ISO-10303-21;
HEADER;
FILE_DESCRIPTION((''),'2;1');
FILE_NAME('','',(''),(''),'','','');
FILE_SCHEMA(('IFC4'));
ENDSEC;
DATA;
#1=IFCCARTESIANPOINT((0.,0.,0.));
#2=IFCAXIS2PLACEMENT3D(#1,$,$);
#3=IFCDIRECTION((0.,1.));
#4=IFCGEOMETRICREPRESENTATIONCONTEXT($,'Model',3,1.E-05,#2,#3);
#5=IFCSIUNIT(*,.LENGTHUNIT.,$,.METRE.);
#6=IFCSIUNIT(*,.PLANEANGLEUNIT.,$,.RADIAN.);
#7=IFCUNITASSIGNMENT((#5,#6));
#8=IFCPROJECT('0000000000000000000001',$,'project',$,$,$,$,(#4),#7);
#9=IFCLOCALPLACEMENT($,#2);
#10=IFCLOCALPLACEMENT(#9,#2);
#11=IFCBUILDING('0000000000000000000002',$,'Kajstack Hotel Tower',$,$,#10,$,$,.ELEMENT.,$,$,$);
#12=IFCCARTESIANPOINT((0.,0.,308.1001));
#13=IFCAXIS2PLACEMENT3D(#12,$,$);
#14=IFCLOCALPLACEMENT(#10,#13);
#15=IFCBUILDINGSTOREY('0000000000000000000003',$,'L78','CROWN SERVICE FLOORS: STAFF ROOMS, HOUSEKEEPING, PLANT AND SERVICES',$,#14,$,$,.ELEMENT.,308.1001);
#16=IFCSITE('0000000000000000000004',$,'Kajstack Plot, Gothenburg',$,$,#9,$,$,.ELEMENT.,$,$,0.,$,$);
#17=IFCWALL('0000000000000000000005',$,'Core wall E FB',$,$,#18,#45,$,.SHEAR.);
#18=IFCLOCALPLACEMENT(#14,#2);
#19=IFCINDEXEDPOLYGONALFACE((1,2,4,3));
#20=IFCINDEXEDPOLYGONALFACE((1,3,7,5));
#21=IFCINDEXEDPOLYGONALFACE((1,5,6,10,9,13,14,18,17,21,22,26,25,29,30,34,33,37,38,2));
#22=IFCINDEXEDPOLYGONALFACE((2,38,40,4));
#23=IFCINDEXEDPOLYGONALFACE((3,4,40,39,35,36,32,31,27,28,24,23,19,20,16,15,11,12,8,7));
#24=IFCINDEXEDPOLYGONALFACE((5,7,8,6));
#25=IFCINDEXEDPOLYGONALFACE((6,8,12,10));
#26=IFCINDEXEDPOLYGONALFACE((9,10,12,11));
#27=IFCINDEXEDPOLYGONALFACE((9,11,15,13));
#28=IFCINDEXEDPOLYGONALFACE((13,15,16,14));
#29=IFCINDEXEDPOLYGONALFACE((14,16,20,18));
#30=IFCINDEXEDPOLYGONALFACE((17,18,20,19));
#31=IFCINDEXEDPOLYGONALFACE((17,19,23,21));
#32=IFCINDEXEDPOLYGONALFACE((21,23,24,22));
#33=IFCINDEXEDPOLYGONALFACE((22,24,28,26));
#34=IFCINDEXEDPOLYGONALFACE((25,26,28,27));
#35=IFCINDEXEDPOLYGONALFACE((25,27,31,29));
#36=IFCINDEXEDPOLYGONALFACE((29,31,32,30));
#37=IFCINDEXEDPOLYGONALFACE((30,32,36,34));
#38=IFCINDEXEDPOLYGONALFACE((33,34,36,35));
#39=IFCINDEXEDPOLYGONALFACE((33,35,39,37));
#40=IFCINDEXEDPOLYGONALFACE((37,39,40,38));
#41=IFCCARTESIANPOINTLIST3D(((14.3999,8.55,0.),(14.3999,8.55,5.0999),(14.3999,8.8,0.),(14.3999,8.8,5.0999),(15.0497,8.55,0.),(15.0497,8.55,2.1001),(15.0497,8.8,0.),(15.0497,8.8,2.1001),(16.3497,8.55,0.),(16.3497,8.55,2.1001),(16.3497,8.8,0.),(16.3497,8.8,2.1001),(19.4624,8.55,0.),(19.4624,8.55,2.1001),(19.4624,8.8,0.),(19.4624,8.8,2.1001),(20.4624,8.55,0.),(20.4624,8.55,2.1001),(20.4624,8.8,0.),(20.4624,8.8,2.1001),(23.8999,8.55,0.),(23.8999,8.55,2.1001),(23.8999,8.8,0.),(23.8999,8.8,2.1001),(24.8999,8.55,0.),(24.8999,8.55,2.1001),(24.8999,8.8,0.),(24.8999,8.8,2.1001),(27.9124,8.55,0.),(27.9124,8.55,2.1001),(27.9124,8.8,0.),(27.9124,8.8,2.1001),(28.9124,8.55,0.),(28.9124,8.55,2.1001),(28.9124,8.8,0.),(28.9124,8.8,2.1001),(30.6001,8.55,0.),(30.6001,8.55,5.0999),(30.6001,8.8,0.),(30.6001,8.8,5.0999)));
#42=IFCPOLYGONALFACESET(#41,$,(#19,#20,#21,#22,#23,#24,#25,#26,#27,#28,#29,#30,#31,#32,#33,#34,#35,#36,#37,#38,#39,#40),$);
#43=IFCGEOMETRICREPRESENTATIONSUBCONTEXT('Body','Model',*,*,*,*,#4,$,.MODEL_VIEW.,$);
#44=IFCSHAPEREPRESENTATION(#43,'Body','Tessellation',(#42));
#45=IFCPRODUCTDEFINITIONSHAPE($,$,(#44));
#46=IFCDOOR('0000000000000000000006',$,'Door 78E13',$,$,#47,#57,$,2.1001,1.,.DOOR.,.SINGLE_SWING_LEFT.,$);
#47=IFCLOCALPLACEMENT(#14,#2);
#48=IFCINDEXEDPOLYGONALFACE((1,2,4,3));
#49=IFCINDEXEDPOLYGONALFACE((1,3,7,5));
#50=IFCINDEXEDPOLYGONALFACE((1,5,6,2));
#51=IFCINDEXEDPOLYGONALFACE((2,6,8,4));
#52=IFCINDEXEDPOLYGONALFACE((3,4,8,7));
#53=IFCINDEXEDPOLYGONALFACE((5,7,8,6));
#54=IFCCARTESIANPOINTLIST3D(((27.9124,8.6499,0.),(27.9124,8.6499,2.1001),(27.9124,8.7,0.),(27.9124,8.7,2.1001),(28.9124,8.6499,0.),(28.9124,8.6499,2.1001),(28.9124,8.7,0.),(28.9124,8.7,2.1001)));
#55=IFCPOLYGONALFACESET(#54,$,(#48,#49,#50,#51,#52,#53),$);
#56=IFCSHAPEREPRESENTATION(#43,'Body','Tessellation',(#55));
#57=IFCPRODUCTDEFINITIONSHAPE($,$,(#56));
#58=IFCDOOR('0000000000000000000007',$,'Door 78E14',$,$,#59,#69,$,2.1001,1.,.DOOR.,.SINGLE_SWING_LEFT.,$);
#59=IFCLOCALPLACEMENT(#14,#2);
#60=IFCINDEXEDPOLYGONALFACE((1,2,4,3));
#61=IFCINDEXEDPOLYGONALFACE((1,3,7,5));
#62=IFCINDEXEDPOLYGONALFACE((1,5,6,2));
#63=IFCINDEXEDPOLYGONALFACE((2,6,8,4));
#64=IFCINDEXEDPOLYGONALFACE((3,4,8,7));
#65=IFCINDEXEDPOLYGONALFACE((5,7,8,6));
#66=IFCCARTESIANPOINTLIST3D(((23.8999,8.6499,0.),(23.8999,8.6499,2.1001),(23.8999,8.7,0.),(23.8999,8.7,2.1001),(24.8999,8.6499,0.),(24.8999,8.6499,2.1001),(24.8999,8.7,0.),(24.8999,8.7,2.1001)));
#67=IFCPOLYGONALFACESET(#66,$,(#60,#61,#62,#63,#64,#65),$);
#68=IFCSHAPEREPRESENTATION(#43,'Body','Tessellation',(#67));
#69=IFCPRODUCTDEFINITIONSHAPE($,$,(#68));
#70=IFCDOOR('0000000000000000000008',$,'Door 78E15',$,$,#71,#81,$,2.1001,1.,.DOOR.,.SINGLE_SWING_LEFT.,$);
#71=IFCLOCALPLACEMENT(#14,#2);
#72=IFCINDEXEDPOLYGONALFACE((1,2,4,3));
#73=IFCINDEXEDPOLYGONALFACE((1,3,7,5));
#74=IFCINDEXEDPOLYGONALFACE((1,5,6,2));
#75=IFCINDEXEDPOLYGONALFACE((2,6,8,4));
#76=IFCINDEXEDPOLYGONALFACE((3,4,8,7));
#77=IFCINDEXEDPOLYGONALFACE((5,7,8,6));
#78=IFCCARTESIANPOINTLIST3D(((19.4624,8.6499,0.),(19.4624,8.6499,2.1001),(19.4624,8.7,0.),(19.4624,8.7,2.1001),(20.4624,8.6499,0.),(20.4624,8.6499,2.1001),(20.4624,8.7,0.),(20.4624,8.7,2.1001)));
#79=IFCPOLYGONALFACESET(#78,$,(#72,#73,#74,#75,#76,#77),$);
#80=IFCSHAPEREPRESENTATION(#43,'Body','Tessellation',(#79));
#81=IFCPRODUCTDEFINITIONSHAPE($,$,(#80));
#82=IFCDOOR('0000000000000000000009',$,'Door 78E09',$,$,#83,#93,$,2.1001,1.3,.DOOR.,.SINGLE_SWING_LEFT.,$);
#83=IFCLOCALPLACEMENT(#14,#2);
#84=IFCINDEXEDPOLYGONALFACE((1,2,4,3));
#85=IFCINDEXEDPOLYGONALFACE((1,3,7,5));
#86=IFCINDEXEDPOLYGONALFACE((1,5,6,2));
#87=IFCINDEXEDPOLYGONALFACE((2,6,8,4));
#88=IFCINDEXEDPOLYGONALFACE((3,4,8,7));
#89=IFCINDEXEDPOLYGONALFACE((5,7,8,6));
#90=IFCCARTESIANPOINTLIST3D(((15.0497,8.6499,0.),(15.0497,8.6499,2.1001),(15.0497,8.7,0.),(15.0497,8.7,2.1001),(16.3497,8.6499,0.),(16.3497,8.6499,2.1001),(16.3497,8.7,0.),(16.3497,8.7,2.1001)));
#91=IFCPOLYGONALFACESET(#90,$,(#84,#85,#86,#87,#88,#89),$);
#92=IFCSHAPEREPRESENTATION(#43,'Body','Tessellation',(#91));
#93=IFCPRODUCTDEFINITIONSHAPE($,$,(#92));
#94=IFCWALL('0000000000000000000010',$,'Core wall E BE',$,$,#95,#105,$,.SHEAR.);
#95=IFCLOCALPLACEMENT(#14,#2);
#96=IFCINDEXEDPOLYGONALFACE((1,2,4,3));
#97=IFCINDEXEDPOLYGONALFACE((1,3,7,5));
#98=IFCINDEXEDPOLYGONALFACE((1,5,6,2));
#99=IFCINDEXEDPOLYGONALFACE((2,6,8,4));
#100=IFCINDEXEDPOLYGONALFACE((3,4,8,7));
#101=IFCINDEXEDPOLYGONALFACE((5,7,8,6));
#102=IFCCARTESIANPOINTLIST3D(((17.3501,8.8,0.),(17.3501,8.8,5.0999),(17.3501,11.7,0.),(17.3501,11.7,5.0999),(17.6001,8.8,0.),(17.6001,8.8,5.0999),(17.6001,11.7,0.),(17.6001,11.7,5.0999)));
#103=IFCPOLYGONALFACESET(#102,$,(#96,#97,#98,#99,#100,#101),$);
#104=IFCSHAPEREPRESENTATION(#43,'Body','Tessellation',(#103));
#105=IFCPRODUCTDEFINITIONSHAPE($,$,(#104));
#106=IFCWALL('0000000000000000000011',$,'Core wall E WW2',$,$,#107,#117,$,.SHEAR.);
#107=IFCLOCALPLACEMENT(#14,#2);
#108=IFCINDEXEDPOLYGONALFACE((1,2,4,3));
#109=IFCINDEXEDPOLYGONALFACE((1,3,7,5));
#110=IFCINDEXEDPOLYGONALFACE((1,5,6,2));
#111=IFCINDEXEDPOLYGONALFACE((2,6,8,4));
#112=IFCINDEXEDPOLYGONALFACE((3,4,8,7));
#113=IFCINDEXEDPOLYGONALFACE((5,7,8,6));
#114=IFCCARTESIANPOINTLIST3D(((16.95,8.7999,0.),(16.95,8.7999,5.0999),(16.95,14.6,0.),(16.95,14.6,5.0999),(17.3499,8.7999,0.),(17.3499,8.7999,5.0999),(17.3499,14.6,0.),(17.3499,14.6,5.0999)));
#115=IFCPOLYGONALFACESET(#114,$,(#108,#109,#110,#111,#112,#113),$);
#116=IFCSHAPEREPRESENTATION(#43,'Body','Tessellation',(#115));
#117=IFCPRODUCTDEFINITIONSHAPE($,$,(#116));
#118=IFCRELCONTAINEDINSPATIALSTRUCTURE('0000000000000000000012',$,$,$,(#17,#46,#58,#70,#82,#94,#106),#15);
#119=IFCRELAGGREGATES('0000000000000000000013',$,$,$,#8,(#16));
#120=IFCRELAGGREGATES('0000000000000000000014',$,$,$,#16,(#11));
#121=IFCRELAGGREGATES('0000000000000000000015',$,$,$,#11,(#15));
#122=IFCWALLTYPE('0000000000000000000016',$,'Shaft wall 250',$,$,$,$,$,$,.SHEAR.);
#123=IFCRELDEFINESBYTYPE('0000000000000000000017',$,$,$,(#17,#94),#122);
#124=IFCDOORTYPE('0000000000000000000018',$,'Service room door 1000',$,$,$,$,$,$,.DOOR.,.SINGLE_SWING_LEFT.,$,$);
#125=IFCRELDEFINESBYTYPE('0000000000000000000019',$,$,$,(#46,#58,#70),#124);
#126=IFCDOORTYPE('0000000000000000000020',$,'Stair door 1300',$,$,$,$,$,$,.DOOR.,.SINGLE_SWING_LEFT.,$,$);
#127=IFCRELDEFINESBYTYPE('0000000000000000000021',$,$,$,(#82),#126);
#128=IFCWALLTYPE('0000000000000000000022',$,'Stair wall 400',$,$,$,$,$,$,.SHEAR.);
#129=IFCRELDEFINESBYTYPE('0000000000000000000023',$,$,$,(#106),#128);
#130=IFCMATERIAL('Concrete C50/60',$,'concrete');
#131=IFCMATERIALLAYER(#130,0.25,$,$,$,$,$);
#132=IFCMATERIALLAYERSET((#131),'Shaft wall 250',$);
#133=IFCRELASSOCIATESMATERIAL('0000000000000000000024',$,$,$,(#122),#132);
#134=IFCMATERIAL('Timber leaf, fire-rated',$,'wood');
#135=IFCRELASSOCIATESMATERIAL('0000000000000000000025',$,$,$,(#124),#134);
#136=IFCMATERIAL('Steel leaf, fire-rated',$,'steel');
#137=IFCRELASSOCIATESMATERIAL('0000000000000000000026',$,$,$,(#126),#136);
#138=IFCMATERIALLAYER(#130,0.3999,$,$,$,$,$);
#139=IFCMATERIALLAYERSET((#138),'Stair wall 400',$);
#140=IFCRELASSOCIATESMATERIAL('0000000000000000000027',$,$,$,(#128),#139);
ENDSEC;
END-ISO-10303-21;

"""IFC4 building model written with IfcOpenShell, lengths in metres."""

from ifc_helpers import new_model, si_unit, direction, frame, frame_2d, origin, place, context, subcontext, project, spatial, rectangle, extrude, material, layer, layer_set, type_object, element, fill, save


model = new_model("IFC4")

# Units and contexts
model_context = context("Model", 3, precision=1e-05, world=origin(), true_north=direction((0.0, 1.0)))
body_context = subcontext(model_context, "Body", "Model", "MODEL_VIEW")
ifc_project = project(units=[si_unit("LENGTHUNIT", "METRE"), si_unit("PLANEANGLEUNIT", "RADIAN")], contexts=[model_context])

# Site, building, storey
site_placement = place(None, origin())
site = spatial("IfcSite", under=ifc_project, at=site_placement, Name="Kajstack Plot, Gothenburg", CompositionType="ELEMENT", RefElevation=0.0)
building_placement = place(site_placement, origin())
building = spatial("IfcBuilding", under=site, at=building_placement, Name="Kajstack Hotel Tower", CompositionType="ELEMENT")
storey_placement = place(building_placement, frame((0.0, 0.0, 308.1001)))
storey = spatial("IfcBuildingStorey", under=building, at=storey_placement, Name="L78", Description="CROWN SERVICE FLOORS: STAFF ROOMS, HOUSEKEEPING, PLANT AND SERVICES", CompositionType="ELEMENT", Elevation=308.1001)

# Shared definitions
ifc_material_1 = material(Name="Concrete C50/60", Category="concrete")
ifc_layer_1 = layer(ifc_material_1, 0.25)
ifc_layer_set_1 = layer_set([ifc_layer_1], Name="Shaft wall 250")
wall_type_1 = type_object("IfcWallType", Name="Shaft wall 250", PredefinedType="SHEAR", material=ifc_layer_set_1)
ifc_material_2 = material(Name="Timber leaf, fire-rated", Category="wood")
door_type_1 = type_object("IfcDoorType", Name="Service room door 1000", OperationType="SINGLE_SWING_LEFT", PredefinedType="DOOR", material=ifc_material_2)

# Wall, openings, doors
wall_1_placement = place(storey_placement, frame((14.3999, 8.675, 0.0), z_axis=(0.0, 0.0, 1.0), x_axis=(1.0, 0.0, 0.0)))
wall_1 = element("IfcWall", 1, at=wall_1_placement, inside=storey, type_object=wall_type_1, Name="Core wall E FB", PredefinedType="SHEAR", context=body_context, shape_type="SweptSolid", body=[
    extrude(rectangle(XDim=16.2002, YDim=0.25, at=frame_2d((8.1001, 0.0))), origin(), (0.0, 0.0, 1.0), 5.0999),
])
opening_1_placement = place(wall_1_placement, frame((0.6499, 0.0, 0.0)))
opening_1 = element("IfcOpeningElement", 2, at=opening_1_placement, cuts=wall_1, PredefinedType="OPENING", context=body_context, shape_type="SweptSolid", body=[
    extrude(rectangle(XDim=1.3, YDim=2.1001, at=frame_2d((0.6499, 1.05))), frame((0.0, 0.135, 0.0), z_axis=(0.0, -1.0, 0.0), x_axis=(1.0, 0.0, 0.0)), (0.0, 0.0, 1.0), 0.27),
])
opening_2_placement = place(wall_1_placement, frame((13.5125, 0.0, 0.0)))
opening_2 = element("IfcOpeningElement", 3, at=opening_2_placement, cuts=wall_1, PredefinedType="OPENING", context=body_context, shape_type="SweptSolid", body=[
    extrude(rectangle(XDim=1.0, YDim=2.1001, at=frame_2d((0.5, 1.05))), frame((0.0, 0.135, 0.0), z_axis=(0.0, -1.0, 0.0), x_axis=(1.0, 0.0, 0.0)), (0.0, 0.0, 1.0), 0.27),
])
opening_3_placement = place(wall_1_placement, frame((9.5, 0.0, 0.0)))
opening_3 = element("IfcOpeningElement", 4, at=opening_3_placement, cuts=wall_1, PredefinedType="OPENING", context=body_context, shape_type="SweptSolid", body=[
    extrude(rectangle(XDim=1.0, YDim=2.1001, at=frame_2d((0.5, 1.05))), frame((0.0, 0.135, 0.0), z_axis=(0.0, -1.0, 0.0), x_axis=(1.0, 0.0, 0.0)), (0.0, 0.0, 1.0), 0.27),
])
opening_4_placement = place(wall_1_placement, frame((5.0625, 0.0, 0.0)))
opening_4 = element("IfcOpeningElement", 5, at=opening_4_placement, cuts=wall_1, PredefinedType="OPENING", context=body_context, shape_type="SweptSolid", body=[
    extrude(rectangle(XDim=1.0, YDim=2.1001, at=frame_2d((0.5, 1.05))), frame((0.0, 0.135, 0.0), z_axis=(0.0, -1.0, 0.0), x_axis=(1.0, 0.0, 0.0)), (0.0, 0.0, 1.0), 0.27),
])
door_1_placement = place(opening_2_placement, origin())
door_1 = element("IfcDoor", 6, at=door_1_placement, inside=storey, type_object=door_type_1, Name="Door 78E13", OperationType="SINGLE_SWING_LEFT", OverallHeight=2.1001, OverallWidth=1.0, PredefinedType="DOOR", context=body_context, shape_type="SweptSolid", body=[
    extrude(rectangle(XDim=1.0, YDim=2.1001, at=frame_2d((0.5, 1.05))), frame((0.0, 0.0249, 0.0), z_axis=(0.0, -1.0, 0.0), x_axis=(1.0, 0.0, 0.0)), (0.0, 0.0, 1.0), 0.05),
])
fill(opening_2, door_1)
door_2_placement = place(opening_3_placement, origin())
door_2 = element("IfcDoor", 7, at=door_2_placement, inside=storey, type_object=door_type_1, Name="Door 78E14", OperationType="SINGLE_SWING_LEFT", OverallHeight=2.1001, OverallWidth=1.0, PredefinedType="DOOR", context=body_context, shape_type="SweptSolid", body=[
    extrude(rectangle(XDim=1.0, YDim=2.1001, at=frame_2d((0.5, 1.05))), frame((0.0, 0.0249, 0.0), z_axis=(0.0, -1.0, 0.0), x_axis=(1.0, 0.0, 0.0)), (0.0, 0.0, 1.0), 0.05),
])
fill(opening_3, door_2)
door_3_placement = place(opening_4_placement, origin())
door_3 = element("IfcDoor", 8, at=door_3_placement, inside=storey, type_object=door_type_1, Name="Door 78E15", OperationType="SINGLE_SWING_LEFT", OverallHeight=2.1001, OverallWidth=1.0, PredefinedType="DOOR", context=body_context, shape_type="SweptSolid", body=[
    extrude(rectangle(XDim=1.0, YDim=2.1001, at=frame_2d((0.5, 1.05))), frame((0.0, 0.0249, 0.0), z_axis=(0.0, -1.0, 0.0), x_axis=(1.0, 0.0, 0.0)), (0.0, 0.0, 1.0), 0.05),
])
fill(opening_4, door_3)
ifc_material_3 = material(Name="Steel leaf, fire-rated", Category="steel")
door_type_2 = type_object("IfcDoorType", Name="Stair door 1300", OperationType="SINGLE_SWING_LEFT", PredefinedType="DOOR", material=ifc_material_3)
door_4_placement = place(opening_1_placement, origin())
door_4 = element("IfcDoor", 9, at=door_4_placement, inside=storey, type_object=door_type_2, Name="Door 78E09", OperationType="SINGLE_SWING_LEFT", OverallHeight=2.1001, OverallWidth=1.3, PredefinedType="DOOR", context=body_context, shape_type="SweptSolid", body=[
    extrude(rectangle(XDim=1.3, YDim=2.1001, at=frame_2d((0.6499, 1.05))), frame((0.0, 0.0249, 0.0), z_axis=(0.0, -1.0, 0.0), x_axis=(1.0, 0.0, 0.0)), (0.0, 0.0, 1.0), 0.05),
])
fill(opening_1, door_4)

# Walls
wall_2_placement = place(storey_placement, frame((17.4751, 8.8, 0.0), z_axis=(0.0, 0.0, 1.0), x_axis=(0.0, 1.0, 0.0)))
element("IfcWall", 10, at=wall_2_placement, inside=storey, type_object=wall_type_1, Name="Core wall E BE", PredefinedType="SHEAR", context=body_context, shape_type="SweptSolid", body=[
    extrude(rectangle(XDim=2.8999, YDim=0.25, at=frame_2d((1.45, 0.0))), origin(), (0.0, 0.0, 1.0), 5.0999),
])
ifc_layer_2 = layer(ifc_material_1, 0.3999)
ifc_layer_set_2 = layer_set([ifc_layer_2], Name="Stair wall 400")
wall_type_2 = type_object("IfcWallType", Name="Stair wall 400", PredefinedType="SHEAR", material=ifc_layer_set_2)
wall_3_placement = place(storey_placement, frame((17.1499, 8.8, 0.0), z_axis=(0.0, 0.0, 1.0), x_axis=(0.0, 1.0, 0.0)))
element("IfcWall", 11, at=wall_3_placement, inside=storey, type_object=wall_type_2, Name="Core wall E WW2", PredefinedType="SHEAR", context=body_context, shape_type="SweptSolid", body=[
    extrude(rectangle(XDim=5.8, YDim=0.3999, at=frame_2d((2.8999, 0.0))), origin(), (0.0, 0.0, 1.0), 5.0999),
])

save(model, "model.ifc")
